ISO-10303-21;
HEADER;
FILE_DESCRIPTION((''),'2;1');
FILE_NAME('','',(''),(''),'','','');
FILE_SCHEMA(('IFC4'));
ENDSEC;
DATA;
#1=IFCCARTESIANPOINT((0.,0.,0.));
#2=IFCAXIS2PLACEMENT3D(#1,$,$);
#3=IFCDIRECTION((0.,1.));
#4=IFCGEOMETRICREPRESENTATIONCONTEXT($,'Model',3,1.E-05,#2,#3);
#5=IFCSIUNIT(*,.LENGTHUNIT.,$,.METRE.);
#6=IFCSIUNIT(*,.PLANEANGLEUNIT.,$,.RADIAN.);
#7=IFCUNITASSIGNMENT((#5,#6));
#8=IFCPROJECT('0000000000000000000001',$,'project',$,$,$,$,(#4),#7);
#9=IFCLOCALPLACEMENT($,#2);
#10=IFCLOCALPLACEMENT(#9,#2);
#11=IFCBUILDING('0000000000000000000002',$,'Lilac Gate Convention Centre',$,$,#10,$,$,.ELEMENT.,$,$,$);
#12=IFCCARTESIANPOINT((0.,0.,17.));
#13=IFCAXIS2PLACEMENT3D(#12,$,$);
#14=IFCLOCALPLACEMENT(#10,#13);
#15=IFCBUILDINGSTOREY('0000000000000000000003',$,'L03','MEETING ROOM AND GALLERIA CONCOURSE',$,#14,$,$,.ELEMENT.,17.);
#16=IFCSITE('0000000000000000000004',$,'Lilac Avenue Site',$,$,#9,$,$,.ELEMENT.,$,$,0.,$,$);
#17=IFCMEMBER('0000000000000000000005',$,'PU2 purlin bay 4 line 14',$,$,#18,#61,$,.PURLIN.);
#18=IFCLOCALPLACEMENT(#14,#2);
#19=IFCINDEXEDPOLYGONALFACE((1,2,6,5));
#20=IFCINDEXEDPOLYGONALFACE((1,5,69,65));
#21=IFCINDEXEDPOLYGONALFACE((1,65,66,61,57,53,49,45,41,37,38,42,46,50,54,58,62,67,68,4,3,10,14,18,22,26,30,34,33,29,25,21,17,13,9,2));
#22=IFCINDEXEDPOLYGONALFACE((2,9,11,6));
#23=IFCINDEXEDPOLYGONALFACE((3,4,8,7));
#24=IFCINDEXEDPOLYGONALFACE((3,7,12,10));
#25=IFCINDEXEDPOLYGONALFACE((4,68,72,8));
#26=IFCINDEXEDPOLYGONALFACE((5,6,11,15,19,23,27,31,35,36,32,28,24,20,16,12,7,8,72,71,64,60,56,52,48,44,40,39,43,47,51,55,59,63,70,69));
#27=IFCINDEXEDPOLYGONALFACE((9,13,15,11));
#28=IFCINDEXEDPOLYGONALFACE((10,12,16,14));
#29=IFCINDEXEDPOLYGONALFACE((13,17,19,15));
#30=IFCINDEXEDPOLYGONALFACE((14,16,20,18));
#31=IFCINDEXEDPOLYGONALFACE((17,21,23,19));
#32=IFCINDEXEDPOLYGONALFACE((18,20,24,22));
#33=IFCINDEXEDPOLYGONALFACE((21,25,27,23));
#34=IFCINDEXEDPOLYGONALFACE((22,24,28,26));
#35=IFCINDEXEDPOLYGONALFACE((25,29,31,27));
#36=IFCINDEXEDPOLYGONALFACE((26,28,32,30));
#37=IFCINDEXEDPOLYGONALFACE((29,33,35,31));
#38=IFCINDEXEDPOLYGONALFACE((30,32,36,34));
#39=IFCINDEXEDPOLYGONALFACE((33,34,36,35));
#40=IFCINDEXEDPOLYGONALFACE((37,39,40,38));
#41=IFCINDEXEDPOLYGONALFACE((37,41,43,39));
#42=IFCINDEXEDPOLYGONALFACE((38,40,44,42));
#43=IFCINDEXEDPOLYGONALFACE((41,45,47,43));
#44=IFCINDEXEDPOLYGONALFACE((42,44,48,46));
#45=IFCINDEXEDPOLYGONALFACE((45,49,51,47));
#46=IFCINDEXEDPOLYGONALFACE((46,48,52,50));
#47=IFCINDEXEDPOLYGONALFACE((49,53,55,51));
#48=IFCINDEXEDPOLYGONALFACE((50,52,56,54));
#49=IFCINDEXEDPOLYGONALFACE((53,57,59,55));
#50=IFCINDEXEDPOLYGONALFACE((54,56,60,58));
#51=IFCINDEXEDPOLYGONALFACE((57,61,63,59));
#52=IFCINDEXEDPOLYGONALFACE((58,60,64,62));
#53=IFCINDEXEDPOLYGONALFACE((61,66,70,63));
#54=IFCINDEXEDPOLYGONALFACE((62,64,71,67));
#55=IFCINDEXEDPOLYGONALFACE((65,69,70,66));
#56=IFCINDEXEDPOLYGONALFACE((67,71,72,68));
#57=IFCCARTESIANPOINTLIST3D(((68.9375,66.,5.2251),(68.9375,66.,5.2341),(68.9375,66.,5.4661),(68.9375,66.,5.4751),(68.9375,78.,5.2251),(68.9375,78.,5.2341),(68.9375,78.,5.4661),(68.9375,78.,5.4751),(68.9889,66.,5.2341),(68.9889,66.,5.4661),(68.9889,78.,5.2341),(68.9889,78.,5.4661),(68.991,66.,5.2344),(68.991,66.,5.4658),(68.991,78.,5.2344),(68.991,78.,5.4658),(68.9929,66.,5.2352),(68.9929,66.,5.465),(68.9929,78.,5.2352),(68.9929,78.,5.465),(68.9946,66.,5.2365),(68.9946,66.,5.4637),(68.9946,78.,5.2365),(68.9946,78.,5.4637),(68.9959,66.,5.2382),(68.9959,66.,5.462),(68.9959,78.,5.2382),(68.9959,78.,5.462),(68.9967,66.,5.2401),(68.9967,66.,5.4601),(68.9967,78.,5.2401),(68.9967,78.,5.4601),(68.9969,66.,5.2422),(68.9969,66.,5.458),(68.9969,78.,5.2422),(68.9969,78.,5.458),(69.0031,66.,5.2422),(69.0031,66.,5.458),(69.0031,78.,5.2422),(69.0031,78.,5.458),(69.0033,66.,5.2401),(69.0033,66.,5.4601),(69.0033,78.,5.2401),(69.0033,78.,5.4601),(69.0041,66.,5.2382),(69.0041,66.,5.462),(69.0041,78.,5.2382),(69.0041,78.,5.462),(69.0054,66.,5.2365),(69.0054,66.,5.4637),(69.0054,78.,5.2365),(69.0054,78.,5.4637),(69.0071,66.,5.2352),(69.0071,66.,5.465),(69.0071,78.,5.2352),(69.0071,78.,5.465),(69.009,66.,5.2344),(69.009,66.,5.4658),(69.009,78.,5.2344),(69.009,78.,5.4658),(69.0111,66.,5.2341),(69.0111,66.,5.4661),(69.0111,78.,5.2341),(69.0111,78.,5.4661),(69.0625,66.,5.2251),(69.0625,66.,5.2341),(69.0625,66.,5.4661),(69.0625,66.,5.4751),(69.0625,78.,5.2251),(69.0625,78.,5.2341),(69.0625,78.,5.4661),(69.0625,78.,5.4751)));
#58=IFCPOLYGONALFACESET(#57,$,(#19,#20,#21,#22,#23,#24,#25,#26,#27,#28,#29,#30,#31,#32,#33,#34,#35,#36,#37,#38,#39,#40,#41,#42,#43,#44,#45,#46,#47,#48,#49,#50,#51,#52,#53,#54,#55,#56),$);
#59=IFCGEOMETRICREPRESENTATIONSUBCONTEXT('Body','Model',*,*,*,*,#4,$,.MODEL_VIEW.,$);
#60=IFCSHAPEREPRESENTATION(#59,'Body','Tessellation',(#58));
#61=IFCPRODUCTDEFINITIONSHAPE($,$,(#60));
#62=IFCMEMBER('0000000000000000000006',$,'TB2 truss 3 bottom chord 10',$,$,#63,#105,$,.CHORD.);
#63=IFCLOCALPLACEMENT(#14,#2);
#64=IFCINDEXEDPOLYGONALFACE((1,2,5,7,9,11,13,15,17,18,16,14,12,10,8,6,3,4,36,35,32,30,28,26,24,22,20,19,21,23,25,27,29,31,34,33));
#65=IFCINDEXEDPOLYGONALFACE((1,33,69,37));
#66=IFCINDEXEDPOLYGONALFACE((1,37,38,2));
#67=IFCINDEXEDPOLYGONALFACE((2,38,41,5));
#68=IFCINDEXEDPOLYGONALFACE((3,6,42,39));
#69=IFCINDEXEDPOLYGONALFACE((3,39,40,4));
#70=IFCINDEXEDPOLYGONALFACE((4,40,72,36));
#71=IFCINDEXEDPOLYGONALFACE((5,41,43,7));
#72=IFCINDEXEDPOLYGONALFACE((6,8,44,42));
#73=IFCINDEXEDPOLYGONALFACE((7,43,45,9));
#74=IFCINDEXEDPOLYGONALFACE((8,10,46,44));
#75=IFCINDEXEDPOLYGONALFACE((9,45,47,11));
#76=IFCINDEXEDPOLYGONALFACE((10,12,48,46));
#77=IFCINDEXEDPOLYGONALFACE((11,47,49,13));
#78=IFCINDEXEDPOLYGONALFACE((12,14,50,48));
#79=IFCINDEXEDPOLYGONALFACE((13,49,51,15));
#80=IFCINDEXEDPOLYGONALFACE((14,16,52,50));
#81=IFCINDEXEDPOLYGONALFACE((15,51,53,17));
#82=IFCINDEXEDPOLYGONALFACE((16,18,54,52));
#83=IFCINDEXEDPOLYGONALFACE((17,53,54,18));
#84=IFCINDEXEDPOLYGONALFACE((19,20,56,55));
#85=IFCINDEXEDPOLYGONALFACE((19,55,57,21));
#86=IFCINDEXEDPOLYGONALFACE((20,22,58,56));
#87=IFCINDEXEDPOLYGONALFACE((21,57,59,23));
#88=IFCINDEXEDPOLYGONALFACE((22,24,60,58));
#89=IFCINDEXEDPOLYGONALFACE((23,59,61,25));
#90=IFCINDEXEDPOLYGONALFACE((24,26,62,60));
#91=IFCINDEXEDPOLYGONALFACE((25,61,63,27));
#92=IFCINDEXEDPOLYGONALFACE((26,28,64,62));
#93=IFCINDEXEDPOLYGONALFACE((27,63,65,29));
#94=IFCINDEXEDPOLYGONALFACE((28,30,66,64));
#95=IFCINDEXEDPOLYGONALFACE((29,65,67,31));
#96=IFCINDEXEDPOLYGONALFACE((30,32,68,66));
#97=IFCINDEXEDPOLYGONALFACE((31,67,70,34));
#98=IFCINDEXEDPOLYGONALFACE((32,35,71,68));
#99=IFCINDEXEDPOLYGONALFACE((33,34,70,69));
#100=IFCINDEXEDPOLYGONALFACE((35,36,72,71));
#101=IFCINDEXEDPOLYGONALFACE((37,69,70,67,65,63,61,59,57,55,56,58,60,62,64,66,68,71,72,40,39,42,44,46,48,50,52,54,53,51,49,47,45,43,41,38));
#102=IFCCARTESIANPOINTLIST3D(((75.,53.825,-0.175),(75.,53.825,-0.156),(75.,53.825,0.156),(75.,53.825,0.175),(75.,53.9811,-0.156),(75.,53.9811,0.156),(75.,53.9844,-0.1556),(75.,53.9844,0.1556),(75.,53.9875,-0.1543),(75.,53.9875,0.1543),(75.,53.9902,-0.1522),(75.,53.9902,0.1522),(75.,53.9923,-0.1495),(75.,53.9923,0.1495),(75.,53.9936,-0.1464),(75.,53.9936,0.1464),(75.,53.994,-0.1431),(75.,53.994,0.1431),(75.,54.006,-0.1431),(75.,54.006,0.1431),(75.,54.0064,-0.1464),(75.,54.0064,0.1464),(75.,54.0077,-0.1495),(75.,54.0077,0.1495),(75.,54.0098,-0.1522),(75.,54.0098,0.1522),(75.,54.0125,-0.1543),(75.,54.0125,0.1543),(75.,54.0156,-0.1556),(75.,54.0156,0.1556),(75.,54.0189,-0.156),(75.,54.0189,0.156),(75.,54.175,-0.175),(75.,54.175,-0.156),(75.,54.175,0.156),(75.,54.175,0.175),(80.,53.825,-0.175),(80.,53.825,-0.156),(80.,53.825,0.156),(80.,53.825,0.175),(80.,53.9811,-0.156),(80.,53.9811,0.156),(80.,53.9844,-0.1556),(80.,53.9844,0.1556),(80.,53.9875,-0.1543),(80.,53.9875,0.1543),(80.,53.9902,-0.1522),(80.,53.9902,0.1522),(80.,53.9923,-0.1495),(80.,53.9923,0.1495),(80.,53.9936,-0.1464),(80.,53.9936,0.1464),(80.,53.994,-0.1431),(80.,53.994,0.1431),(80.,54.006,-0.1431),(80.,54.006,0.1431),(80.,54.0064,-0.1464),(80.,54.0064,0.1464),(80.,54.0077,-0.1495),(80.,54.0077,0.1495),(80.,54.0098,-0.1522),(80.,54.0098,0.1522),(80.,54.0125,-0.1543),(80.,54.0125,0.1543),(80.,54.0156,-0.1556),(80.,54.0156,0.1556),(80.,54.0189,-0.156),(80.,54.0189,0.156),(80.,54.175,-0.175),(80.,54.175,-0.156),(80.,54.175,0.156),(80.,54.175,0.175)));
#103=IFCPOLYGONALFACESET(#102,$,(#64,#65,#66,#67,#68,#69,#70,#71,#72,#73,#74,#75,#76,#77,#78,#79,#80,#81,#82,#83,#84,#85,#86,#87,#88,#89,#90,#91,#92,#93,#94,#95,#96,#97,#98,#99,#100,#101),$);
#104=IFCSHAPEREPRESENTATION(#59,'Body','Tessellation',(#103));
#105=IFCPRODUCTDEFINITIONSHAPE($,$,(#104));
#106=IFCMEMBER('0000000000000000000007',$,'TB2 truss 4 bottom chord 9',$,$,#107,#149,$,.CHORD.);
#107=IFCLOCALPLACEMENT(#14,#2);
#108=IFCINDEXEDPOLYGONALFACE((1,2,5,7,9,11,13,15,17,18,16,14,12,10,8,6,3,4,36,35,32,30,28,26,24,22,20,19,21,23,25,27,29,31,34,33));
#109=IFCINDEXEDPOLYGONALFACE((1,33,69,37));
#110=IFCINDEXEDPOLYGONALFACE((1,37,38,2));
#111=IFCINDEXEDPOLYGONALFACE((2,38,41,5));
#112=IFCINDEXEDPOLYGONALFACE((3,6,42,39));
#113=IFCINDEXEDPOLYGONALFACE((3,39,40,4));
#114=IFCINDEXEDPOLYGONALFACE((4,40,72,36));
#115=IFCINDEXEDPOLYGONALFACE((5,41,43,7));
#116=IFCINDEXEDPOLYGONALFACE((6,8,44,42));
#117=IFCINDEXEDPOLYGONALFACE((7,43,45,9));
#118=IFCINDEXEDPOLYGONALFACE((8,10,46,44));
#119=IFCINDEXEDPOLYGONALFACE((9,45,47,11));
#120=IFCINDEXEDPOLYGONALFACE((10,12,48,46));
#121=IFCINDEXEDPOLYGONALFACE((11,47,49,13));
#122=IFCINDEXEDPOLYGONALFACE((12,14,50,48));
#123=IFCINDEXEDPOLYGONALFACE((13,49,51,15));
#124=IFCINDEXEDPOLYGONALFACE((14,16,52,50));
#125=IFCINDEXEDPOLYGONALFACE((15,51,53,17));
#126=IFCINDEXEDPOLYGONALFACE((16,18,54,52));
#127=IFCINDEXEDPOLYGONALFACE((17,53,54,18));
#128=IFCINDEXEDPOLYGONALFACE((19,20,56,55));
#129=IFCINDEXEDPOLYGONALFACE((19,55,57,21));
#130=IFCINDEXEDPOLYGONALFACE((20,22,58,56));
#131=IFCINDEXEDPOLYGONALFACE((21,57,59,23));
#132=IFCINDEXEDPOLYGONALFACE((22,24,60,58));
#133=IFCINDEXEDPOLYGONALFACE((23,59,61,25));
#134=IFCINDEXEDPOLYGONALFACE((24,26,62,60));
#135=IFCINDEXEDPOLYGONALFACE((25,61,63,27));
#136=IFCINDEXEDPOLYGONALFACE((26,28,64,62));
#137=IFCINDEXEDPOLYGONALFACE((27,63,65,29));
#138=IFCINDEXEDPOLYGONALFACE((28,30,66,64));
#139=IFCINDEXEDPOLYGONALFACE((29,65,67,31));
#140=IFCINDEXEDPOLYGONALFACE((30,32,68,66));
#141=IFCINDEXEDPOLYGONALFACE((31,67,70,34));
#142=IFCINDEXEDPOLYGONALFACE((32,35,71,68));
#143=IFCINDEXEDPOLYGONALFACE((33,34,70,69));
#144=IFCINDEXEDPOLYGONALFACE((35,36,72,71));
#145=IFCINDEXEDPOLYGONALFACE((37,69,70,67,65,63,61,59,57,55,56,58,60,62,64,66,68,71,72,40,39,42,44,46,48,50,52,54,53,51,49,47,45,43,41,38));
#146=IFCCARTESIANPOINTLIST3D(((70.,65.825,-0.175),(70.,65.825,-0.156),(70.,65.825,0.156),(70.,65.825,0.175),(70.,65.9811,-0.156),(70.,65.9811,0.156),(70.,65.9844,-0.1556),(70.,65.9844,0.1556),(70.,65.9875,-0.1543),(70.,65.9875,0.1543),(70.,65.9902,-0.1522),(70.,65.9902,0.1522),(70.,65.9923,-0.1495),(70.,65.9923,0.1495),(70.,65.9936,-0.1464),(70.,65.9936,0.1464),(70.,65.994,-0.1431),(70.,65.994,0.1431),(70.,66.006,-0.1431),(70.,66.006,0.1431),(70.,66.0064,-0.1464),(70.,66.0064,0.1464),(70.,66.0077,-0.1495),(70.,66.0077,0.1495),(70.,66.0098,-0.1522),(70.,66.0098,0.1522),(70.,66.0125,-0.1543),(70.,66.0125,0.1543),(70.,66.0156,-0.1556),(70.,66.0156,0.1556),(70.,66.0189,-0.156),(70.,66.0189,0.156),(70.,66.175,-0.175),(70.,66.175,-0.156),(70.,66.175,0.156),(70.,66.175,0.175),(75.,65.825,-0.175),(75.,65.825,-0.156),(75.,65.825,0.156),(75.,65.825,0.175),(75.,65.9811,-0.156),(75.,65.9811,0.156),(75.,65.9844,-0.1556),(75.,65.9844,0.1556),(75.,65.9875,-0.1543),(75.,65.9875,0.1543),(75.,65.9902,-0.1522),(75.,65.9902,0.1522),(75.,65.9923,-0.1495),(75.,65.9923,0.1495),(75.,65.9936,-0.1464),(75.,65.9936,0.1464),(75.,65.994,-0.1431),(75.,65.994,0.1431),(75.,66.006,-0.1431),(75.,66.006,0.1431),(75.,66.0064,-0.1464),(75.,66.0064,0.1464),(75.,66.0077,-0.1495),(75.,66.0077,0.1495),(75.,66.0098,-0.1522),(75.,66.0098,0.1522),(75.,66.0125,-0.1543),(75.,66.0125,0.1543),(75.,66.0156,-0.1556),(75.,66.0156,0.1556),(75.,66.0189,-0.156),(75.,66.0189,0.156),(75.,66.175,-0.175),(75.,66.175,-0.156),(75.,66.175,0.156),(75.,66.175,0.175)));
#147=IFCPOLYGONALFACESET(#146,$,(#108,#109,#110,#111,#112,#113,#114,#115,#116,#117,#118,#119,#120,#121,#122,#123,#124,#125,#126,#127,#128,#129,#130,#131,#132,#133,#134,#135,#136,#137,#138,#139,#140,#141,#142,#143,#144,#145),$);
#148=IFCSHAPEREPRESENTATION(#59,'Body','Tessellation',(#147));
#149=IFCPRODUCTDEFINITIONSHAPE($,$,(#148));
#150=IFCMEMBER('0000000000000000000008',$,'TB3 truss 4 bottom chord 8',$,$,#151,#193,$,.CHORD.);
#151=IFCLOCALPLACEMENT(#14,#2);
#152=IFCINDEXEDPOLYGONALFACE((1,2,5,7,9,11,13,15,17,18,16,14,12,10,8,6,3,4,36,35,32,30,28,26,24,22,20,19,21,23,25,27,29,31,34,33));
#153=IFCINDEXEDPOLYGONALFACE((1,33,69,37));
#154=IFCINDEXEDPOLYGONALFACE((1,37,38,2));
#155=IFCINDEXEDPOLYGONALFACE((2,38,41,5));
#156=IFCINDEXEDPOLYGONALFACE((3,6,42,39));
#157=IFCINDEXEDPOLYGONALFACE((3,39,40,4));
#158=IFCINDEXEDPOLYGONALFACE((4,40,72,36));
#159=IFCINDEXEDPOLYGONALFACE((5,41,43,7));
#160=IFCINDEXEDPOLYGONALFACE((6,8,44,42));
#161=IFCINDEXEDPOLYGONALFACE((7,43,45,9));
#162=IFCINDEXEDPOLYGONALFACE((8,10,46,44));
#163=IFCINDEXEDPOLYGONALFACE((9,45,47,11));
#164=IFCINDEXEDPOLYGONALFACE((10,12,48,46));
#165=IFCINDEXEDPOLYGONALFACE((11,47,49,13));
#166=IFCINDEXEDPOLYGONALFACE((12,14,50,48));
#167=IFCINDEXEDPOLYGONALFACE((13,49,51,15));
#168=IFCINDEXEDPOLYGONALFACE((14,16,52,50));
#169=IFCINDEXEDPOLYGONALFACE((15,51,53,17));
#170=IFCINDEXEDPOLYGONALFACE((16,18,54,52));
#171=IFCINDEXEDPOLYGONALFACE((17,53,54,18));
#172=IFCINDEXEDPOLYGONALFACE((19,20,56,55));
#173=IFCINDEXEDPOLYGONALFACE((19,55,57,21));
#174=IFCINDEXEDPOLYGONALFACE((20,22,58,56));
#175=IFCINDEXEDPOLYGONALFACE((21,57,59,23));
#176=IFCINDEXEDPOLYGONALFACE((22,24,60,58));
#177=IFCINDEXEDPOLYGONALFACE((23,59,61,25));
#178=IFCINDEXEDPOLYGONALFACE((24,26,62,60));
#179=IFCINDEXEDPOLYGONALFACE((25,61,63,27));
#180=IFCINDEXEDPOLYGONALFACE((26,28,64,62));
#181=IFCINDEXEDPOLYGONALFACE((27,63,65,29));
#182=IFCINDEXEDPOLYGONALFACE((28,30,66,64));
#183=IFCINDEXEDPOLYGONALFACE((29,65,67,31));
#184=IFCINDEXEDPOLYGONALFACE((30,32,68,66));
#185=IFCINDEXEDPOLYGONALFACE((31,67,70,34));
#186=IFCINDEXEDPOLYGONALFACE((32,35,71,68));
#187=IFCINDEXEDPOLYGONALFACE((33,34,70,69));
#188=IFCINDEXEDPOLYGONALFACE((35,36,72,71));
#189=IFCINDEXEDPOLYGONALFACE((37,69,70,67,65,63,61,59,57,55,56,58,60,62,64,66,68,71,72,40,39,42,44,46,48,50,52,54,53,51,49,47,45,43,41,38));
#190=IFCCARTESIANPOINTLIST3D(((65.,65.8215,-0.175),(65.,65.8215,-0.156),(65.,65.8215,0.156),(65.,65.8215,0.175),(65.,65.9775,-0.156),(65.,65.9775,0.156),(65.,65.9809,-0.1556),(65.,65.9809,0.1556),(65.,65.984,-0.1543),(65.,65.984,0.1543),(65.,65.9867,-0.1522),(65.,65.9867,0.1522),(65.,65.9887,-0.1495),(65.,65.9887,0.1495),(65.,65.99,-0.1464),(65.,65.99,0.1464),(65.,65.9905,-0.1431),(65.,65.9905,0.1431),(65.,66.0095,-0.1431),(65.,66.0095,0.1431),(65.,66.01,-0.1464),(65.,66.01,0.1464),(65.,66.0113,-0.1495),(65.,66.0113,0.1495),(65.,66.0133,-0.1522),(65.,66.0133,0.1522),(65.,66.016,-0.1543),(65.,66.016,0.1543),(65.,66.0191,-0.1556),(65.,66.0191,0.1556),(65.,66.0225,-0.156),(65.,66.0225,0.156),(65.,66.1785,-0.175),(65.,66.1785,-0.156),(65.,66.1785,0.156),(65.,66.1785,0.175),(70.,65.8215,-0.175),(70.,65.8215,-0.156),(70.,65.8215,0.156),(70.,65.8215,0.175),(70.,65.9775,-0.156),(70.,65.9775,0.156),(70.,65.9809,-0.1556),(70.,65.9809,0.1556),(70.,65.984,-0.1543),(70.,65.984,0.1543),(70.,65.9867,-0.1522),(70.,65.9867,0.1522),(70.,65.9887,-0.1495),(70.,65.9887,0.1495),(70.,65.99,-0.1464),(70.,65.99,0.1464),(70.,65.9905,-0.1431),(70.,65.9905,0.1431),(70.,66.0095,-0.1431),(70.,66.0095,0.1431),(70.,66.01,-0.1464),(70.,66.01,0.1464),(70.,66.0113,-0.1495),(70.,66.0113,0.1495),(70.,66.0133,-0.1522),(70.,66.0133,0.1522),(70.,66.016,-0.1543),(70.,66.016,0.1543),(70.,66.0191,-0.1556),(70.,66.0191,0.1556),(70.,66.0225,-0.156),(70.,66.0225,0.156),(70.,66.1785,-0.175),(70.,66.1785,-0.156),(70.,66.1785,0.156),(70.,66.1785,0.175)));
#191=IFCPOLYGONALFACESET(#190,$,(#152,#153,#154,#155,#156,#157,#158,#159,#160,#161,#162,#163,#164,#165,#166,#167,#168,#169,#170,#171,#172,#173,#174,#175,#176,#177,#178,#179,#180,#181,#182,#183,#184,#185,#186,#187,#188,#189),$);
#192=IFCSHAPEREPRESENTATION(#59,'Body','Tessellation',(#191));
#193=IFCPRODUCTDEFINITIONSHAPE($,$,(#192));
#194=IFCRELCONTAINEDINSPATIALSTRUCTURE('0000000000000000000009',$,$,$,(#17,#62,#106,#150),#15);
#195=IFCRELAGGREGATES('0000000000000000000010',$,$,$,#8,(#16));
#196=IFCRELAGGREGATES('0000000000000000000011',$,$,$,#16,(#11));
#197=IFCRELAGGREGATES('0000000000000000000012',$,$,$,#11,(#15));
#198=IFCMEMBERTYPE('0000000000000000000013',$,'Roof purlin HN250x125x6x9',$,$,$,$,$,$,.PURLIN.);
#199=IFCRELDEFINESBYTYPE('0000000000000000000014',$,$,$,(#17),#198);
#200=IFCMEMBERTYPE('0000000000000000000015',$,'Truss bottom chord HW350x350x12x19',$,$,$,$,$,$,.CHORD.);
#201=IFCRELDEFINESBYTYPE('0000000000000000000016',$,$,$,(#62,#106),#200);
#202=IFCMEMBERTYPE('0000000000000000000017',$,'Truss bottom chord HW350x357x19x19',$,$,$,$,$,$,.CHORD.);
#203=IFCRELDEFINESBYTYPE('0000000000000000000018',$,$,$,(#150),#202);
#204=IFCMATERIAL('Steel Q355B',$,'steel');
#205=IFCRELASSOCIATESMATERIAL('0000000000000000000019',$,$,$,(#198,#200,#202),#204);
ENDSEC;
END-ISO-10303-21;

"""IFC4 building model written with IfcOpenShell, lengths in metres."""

from ifc_helpers import new_model, si_unit, direction, frame, origin, origin_2d, place, context, subcontext, project, spatial, i_section, extrude, material, material_profile, profile_set, type_object, element, save


model = new_model("IFC4")

# Units and contexts
model_context = context("Model", 3, precision=1e-05, world=origin(), true_north=direction((0.0, 1.0)))
body_context = subcontext(model_context, "Body", "Model", "MODEL_VIEW")
ifc_project = project(units=[si_unit("LENGTHUNIT", "METRE"), si_unit("PLANEANGLEUNIT", "RADIAN")], contexts=[model_context])

# Site, building, storey
site_placement = place(None, origin())
site = spatial("IfcSite", under=ifc_project, at=site_placement, Name="Lilac Avenue Site", CompositionType="ELEMENT", RefElevation=0.0)
building_placement = place(site_placement, origin())
building = spatial("IfcBuilding", under=site, at=building_placement, Name="Lilac Gate Convention Centre", CompositionType="ELEMENT")
storey_placement = place(building_placement, frame((0.0, 0.0, 17.0)))
storey = spatial("IfcBuildingStorey", under=building, at=storey_placement, Name="L03", Description="MEETING ROOM AND GALLERIA CONCOURSE", CompositionType="ELEMENT", Elevation=17.0)

# Members
ifc_material = material(Name="Steel Q355B", Category="steel")
ifc_material_profile_1 = material_profile(ifc_material, i_section(OverallWidth=0.125, OverallDepth=0.25, WebThickness=0.0061, FlangeThickness=0.009, FilletRadius=0.0081, at=origin_2d()), Name="HN250x125x6x9")
ifc_profile_set_1 = profile_set([ifc_material_profile_1], Name="Steel Q355B")
member_type_1 = type_object("IfcMemberType", Name="Roof purlin HN250x125x6x9", PredefinedType="PURLIN", material=ifc_profile_set_1)
for number, where, z_axis, x_axis, name in (
    (1, (69.0, 66.0, 5.3501), (0.0, 1.0, 0.0), (-1.0, 0.0, 0.0), "PU2 purlin bay 4 line 14"),
):
    element("IfcMember", number, at=place(storey_placement, frame(where, z_axis=z_axis, x_axis=x_axis)), inside=storey, type_object=member_type_1, Name=name, PredefinedType="PURLIN", context=body_context, shape_type="SweptSolid", body=[
        extrude(i_section(OverallWidth=0.125, OverallDepth=0.25, WebThickness=0.0061, FlangeThickness=0.009, FilletRadius=0.0081, at=origin_2d()), origin(), (0.0, 0.0, 1.0), 12.0),
    ])
ifc_material_profile_2 = material_profile(ifc_material, i_section(OverallWidth=0.3501, OverallDepth=0.3501, WebThickness=0.012, FlangeThickness=0.019, FilletRadius=0.0129, at=origin_2d()), Name="HW350x350x12x19")
ifc_profile_set_2 = profile_set([ifc_material_profile_2], Name="Steel Q355B")
member_type_2 = type_object("IfcMemberType", Name="Truss bottom chord HW350x350x12x19", PredefinedType="CHORD", material=ifc_profile_set_2)
for number, where, z_axis, x_axis, name in (
    (2, (75.0, 54.0, 0.0), (1.0, 0.0, 0.0), (0.0, 1.0, 0.0), "TB2 truss 3 bottom chord 10"),
    (3, (70.0, 66.0, 0.0), (1.0, 0.0, 0.0), (0.0, 1.0, 0.0), "TB2 truss 4 bottom chord 9"),
):
    element("IfcMember", number, at=place(storey_placement, frame(where, z_axis=z_axis, x_axis=x_axis)), inside=storey, type_object=member_type_2, Name=name, PredefinedType="CHORD", context=body_context, shape_type="SweptSolid", body=[
        extrude(i_section(OverallWidth=0.3501, OverallDepth=0.3501, WebThickness=0.012, FlangeThickness=0.019, FilletRadius=0.0129, at=origin_2d()), origin(), (0.0, 0.0, 1.0), 5.0),
    ])
ifc_material_profile_3 = material_profile(ifc_material, i_section(OverallWidth=0.3569, OverallDepth=0.3501, WebThickness=0.019, FlangeThickness=0.019, FilletRadius=0.0129, at=origin_2d()), Name="HW350x357x19x19")
ifc_profile_set_3 = profile_set([ifc_material_profile_3], Name="Steel Q355B")
member_type_3 = type_object("IfcMemberType", Name="Truss bottom chord HW350x357x19x19", PredefinedType="CHORD", material=ifc_profile_set_3)
member_1_placement = place(storey_placement, frame((65.0, 66.0, 0.0), z_axis=(1.0, 0.0, 0.0), x_axis=(0.0, 1.0, 0.0)))
element("IfcMember", 4, at=member_1_placement, inside=storey, type_object=member_type_3, Name="TB3 truss 4 bottom chord 8", PredefinedType="CHORD", context=body_context, shape_type="SweptSolid", body=[
    extrude(i_section(OverallWidth=0.3569, OverallDepth=0.3501, WebThickness=0.019, FlangeThickness=0.019, FilletRadius=0.0129, at=origin_2d()), origin(), (0.0, 0.0, 1.0), 5.0),
])

save(model, "model.ifc")
